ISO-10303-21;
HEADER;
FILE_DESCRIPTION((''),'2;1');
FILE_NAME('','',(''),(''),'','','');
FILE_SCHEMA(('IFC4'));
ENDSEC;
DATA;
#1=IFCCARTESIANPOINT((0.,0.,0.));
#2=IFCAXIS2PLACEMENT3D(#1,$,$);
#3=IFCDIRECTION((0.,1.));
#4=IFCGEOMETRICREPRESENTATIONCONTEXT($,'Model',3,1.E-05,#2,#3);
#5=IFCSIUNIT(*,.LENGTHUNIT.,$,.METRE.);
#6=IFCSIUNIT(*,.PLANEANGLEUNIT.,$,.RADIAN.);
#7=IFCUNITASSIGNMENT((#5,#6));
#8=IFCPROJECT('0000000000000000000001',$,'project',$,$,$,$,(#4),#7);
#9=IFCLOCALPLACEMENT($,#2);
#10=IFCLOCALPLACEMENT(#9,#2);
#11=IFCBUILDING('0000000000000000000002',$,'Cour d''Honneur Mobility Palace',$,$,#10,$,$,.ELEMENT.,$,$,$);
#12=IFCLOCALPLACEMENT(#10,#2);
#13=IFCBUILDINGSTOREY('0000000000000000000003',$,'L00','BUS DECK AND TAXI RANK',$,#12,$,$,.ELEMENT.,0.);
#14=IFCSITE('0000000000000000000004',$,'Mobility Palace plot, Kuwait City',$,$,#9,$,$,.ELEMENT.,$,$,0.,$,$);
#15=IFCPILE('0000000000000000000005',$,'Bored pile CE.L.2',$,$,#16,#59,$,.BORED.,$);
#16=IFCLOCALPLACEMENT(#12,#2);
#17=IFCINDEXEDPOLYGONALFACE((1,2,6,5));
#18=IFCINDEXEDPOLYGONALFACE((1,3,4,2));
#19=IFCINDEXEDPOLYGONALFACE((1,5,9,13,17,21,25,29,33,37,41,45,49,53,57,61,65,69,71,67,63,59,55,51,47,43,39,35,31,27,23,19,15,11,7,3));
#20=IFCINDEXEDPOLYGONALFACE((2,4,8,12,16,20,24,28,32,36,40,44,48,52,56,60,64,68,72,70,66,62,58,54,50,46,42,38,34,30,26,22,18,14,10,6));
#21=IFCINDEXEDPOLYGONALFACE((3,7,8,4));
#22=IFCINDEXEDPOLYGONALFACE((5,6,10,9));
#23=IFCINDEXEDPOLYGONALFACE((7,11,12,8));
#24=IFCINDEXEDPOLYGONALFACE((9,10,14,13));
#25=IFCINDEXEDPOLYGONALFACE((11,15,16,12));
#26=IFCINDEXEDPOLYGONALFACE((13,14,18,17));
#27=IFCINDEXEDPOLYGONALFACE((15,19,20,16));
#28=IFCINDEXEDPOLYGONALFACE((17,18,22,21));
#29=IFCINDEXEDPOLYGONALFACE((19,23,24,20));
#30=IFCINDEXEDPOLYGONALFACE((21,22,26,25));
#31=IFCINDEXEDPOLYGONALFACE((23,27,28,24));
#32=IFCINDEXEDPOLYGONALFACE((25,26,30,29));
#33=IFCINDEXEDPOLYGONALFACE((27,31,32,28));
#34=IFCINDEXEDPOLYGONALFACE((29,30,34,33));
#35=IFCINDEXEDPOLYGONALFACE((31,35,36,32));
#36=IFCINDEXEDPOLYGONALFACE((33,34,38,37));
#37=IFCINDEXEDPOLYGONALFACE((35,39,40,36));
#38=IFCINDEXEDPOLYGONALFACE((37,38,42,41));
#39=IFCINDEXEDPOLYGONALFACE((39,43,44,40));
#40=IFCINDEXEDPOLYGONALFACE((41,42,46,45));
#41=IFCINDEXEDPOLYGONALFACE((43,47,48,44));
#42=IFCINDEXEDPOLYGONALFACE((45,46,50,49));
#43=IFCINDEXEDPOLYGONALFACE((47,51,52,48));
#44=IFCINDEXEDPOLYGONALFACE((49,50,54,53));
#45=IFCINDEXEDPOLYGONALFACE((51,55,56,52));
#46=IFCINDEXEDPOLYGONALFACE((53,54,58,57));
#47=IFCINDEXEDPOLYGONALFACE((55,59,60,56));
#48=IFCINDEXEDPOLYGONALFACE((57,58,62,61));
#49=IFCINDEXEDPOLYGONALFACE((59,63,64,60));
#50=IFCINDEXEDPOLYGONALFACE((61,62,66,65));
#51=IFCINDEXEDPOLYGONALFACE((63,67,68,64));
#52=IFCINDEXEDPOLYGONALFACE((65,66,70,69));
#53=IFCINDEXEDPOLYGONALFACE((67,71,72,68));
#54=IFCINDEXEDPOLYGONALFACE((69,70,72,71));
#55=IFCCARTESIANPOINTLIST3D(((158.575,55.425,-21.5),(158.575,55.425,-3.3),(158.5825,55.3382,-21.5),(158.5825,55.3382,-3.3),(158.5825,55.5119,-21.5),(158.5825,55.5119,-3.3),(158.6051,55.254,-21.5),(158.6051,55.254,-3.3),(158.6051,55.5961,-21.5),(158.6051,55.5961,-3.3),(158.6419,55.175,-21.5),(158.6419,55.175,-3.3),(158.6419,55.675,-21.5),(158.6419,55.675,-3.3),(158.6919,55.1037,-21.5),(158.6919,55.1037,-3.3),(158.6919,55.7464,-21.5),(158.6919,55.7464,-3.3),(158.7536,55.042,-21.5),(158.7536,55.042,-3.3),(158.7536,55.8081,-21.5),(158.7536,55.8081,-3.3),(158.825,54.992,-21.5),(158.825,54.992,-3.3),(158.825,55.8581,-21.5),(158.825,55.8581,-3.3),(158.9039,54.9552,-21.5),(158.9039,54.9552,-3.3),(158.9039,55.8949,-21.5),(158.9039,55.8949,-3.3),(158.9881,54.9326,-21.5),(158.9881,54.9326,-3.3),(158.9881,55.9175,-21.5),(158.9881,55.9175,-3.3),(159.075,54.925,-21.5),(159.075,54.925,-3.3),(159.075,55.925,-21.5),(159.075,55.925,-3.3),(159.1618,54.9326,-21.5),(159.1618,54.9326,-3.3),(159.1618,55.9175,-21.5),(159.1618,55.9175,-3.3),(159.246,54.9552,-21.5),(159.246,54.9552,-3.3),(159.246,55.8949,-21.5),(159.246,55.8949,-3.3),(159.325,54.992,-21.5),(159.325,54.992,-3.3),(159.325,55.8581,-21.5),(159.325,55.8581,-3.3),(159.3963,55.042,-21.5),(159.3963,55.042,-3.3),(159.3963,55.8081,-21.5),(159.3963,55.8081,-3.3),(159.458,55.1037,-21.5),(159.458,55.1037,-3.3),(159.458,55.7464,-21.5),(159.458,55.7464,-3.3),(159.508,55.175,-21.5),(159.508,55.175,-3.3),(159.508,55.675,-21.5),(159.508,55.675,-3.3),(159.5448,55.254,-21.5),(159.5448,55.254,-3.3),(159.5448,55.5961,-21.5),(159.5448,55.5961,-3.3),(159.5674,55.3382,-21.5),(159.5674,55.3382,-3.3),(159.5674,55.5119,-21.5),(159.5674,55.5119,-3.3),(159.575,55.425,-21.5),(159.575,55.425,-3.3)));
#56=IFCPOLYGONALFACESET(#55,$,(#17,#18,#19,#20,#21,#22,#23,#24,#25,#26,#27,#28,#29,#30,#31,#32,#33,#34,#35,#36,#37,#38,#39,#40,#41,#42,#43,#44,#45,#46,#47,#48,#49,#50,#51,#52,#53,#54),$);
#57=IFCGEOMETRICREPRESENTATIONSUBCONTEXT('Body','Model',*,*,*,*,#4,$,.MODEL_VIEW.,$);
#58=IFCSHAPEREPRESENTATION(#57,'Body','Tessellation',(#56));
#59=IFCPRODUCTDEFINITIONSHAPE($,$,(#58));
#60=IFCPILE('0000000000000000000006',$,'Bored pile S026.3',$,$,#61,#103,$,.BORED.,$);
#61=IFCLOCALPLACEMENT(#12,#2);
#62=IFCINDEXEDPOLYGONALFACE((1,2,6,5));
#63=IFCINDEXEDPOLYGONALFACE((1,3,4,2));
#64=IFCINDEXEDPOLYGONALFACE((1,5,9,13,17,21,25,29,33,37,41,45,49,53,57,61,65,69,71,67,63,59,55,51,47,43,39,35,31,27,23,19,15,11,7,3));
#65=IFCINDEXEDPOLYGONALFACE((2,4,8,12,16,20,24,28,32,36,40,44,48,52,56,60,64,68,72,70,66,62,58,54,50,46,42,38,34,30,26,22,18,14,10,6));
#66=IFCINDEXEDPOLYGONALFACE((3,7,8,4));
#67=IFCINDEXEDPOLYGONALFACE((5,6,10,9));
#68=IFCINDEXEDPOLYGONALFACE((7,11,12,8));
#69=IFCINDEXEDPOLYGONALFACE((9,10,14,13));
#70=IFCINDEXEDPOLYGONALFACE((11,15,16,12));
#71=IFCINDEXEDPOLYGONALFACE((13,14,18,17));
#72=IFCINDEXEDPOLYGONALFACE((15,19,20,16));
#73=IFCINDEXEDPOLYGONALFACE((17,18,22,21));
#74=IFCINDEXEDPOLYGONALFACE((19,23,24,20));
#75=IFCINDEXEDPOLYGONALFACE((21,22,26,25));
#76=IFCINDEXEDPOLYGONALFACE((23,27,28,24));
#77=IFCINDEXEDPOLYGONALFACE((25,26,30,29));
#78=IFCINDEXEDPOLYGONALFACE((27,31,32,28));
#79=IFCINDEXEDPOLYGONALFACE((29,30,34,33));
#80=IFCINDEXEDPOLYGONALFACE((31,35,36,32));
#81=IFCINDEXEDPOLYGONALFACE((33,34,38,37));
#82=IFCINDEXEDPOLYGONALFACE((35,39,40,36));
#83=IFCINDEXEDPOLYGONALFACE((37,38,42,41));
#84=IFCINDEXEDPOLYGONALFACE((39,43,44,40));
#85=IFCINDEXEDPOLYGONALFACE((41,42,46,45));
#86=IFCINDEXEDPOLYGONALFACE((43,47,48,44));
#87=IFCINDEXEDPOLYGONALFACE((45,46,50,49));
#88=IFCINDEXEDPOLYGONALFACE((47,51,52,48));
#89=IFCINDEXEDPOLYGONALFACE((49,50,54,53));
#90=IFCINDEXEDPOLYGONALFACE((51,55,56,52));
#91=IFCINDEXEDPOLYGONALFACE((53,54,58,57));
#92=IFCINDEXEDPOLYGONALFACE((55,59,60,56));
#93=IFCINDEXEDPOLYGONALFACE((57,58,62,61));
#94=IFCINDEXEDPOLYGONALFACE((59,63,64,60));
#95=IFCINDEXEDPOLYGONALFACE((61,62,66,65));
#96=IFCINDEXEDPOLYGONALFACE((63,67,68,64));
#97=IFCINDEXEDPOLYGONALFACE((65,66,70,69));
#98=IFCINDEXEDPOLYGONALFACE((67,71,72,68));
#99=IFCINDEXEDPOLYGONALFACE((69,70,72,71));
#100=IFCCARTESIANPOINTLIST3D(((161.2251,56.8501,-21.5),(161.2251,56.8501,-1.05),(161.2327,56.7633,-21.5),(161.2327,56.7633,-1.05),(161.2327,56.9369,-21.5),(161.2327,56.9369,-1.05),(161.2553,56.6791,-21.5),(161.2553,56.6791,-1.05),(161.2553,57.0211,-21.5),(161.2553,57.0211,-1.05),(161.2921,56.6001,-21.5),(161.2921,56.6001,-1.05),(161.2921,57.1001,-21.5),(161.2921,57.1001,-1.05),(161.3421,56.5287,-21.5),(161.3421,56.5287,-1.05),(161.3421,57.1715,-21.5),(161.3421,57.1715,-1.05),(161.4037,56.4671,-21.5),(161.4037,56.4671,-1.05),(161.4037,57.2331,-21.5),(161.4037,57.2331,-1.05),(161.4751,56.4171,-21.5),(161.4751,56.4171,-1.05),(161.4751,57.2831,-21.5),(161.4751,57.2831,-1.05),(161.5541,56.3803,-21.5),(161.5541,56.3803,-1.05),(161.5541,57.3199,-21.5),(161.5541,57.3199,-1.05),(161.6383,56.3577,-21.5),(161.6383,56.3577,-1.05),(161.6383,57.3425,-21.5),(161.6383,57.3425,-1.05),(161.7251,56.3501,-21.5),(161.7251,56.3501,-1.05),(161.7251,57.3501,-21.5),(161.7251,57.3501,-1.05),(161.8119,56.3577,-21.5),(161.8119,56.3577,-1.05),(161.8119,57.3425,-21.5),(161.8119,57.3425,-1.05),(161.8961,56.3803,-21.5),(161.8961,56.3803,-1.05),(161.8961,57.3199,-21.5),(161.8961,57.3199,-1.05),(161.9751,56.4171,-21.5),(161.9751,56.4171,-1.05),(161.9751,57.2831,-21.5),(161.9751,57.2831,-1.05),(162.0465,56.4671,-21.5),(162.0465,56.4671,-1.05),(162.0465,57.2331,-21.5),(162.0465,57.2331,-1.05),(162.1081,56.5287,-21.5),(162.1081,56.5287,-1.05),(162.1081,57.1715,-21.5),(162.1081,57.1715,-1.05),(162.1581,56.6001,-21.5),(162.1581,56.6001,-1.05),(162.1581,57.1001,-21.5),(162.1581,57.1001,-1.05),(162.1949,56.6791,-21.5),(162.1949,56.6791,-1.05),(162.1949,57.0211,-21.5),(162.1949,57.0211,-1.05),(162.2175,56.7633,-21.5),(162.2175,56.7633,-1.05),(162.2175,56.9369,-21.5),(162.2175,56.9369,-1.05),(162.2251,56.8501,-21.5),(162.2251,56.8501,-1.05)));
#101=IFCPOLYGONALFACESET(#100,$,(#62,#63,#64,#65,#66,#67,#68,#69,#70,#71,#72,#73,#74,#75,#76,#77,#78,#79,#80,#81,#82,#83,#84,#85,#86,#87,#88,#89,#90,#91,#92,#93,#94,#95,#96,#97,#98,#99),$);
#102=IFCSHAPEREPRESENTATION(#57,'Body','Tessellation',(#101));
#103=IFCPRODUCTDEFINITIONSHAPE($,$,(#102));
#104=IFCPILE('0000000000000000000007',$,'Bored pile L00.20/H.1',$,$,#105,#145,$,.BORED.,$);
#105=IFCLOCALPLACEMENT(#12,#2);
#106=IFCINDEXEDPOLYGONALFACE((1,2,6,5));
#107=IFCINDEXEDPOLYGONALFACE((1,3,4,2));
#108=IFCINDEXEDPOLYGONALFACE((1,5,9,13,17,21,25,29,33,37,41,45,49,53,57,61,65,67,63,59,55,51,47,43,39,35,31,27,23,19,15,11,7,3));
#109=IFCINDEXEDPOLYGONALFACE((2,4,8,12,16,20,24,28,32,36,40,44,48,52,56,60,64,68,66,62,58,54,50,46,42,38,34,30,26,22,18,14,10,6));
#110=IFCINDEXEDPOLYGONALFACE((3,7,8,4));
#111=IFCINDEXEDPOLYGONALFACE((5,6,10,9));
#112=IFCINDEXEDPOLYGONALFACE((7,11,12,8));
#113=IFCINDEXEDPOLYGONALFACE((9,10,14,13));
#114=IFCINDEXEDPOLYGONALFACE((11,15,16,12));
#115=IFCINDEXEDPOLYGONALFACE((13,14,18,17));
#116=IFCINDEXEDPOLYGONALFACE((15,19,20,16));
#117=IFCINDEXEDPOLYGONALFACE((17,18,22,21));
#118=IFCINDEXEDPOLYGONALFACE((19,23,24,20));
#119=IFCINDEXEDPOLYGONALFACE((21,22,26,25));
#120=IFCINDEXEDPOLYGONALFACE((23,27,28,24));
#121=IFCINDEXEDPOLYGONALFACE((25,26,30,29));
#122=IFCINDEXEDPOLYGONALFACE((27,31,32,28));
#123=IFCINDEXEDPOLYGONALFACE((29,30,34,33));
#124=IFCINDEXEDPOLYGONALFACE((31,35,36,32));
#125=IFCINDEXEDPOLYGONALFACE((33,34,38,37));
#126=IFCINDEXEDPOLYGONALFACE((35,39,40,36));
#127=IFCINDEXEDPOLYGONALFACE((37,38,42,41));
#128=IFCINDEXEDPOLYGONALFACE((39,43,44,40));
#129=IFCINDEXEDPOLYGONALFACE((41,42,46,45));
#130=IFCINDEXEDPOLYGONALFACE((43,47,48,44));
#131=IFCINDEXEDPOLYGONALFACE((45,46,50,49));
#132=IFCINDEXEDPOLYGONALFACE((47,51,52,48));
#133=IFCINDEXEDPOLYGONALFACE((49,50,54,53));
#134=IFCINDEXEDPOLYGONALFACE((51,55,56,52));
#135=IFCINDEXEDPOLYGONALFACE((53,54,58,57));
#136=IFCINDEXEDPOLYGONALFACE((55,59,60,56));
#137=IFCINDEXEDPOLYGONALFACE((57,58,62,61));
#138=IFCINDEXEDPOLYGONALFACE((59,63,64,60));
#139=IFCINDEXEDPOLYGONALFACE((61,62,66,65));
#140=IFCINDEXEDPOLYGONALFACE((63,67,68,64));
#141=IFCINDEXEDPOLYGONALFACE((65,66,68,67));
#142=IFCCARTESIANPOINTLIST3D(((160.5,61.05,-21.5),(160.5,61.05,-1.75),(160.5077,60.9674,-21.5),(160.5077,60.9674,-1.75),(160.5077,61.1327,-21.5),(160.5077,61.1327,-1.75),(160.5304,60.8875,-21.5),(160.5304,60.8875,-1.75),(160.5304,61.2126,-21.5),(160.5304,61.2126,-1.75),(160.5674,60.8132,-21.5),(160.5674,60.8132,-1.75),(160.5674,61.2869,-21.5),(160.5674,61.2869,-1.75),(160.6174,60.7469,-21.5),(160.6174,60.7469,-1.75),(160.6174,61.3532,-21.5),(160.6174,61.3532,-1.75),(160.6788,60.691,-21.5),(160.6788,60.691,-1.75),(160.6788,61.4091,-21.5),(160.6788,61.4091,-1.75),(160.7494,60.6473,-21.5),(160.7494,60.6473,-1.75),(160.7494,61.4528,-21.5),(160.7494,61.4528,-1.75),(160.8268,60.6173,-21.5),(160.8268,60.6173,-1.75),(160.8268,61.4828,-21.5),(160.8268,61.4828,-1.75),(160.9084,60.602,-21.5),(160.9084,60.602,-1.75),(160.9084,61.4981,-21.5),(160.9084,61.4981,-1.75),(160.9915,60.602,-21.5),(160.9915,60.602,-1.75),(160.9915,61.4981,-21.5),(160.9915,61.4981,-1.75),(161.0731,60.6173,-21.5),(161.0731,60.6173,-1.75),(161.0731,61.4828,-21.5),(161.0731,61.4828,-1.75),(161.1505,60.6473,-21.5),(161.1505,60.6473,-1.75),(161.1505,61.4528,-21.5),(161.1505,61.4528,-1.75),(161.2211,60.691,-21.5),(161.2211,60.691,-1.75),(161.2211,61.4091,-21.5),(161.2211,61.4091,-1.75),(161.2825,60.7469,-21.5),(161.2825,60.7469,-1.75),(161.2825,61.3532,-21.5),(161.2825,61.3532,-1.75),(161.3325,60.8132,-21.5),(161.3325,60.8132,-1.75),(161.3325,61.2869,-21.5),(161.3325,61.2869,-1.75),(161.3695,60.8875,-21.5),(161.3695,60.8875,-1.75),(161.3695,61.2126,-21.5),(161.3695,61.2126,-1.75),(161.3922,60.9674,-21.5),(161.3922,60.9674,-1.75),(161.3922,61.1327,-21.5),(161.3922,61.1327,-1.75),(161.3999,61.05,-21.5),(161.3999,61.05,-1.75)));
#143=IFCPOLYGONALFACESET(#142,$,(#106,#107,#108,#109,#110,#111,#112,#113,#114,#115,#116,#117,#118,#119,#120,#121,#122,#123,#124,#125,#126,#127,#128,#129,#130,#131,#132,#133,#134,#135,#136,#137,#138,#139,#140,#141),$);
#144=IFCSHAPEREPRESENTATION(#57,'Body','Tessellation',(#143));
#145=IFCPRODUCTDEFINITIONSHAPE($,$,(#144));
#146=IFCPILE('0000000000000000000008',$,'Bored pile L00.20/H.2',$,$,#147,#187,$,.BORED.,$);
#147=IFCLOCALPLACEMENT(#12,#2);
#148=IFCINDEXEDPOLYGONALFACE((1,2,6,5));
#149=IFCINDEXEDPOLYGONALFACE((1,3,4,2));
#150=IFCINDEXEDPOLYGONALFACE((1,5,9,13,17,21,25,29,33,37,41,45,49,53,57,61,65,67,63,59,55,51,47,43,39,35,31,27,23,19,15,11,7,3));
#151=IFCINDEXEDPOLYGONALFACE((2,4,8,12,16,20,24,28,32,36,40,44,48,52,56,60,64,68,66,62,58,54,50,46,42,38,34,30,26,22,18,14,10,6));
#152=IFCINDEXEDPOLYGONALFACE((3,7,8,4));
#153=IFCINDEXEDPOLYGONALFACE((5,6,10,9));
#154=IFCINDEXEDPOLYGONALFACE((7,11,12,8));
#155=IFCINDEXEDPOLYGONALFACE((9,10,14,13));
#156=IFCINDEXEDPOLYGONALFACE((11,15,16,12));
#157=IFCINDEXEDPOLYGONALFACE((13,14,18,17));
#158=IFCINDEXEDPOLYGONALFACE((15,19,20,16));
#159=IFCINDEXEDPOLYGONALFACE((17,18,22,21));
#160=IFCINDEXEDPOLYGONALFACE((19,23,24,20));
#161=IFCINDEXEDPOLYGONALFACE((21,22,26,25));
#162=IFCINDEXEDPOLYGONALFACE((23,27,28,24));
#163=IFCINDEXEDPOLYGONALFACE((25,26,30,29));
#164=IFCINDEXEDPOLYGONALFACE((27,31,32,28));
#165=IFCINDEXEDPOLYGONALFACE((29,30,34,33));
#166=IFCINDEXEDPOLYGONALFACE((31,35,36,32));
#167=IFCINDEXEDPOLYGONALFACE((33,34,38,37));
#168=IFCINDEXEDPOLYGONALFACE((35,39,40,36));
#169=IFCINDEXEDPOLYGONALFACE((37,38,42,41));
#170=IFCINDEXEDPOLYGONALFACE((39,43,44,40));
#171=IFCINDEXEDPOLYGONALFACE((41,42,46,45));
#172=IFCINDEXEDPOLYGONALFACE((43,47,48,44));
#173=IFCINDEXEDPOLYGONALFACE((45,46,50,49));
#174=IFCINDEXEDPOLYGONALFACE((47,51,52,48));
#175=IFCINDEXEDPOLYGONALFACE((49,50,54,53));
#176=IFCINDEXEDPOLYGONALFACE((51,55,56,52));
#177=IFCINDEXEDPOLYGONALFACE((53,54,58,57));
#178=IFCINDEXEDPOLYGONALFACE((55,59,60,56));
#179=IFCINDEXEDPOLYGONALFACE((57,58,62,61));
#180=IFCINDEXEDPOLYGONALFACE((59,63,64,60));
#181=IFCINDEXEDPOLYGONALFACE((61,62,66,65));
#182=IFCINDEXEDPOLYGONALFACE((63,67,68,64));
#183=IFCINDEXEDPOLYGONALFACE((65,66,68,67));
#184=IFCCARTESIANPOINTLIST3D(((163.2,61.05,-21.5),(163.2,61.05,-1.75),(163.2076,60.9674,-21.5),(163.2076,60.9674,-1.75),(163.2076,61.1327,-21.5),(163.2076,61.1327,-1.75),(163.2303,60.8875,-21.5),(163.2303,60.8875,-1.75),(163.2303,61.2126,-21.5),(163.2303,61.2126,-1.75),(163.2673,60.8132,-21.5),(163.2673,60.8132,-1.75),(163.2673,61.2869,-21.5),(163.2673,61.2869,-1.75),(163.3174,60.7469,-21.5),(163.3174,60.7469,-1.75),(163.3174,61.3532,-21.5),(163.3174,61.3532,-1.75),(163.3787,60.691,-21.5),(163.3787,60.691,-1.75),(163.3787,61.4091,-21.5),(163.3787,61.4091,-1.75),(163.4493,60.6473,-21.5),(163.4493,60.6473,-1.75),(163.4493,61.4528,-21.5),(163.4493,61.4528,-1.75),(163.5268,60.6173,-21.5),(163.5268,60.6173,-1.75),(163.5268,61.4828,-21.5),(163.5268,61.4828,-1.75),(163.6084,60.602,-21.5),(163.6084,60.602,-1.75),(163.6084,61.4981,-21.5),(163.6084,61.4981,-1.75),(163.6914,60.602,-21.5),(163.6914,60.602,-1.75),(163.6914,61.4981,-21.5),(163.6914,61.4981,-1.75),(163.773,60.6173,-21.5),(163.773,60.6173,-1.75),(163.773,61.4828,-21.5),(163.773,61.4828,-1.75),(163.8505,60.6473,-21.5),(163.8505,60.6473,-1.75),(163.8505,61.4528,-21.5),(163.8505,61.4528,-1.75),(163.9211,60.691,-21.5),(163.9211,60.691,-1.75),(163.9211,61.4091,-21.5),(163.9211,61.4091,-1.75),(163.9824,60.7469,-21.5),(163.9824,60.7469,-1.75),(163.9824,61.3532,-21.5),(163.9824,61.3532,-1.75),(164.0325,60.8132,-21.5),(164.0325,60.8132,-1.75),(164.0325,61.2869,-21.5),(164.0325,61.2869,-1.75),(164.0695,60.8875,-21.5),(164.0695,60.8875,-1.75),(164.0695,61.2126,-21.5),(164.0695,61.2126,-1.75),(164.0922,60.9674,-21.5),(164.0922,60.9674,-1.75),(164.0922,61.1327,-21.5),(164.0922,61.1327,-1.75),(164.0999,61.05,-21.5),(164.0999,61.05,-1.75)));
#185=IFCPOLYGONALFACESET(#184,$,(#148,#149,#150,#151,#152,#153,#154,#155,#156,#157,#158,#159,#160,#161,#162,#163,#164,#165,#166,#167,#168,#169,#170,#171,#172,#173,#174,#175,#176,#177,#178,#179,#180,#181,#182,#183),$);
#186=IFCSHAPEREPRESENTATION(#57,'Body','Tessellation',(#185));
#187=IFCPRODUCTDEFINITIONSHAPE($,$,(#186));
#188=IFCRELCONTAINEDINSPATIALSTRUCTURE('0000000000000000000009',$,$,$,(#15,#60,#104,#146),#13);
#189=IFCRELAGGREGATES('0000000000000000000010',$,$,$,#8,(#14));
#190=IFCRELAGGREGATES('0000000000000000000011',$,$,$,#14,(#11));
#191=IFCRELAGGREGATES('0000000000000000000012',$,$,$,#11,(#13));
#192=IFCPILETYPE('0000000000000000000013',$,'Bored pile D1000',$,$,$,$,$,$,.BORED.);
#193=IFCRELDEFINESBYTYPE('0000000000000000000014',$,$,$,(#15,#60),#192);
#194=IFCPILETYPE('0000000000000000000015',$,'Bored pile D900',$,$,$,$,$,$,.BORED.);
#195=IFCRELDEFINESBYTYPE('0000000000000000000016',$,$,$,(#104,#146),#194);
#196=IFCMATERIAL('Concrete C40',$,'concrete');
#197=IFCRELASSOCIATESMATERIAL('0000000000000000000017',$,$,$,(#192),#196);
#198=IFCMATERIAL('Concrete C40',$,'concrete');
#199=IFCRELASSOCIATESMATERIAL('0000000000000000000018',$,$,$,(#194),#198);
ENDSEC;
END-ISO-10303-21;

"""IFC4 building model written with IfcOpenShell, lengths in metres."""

from ifc_helpers import new_model, si_unit, direction, frame, origin, origin_2d, place, context, subcontext, project, spatial, circle, extrude, material, material_profile, profile_set, type_object, element, save


model = new_model("IFC4")

# Units and contexts
model_context = context("Model", 3, precision=1e-05, world=origin(), true_north=direction((0.0, 1.0)))
body_context = subcontext(model_context, "Body", "Model", "MODEL_VIEW")
ifc_project = project(units=[si_unit("LENGTHUNIT", "METRE"), si_unit("PLANEANGLEUNIT", "RADIAN")], contexts=[model_context])

# Site, building, storey
site_placement = place(None, origin())
site = spatial("IfcSite", under=ifc_project, at=site_placement, Name="Mobility Palace plot, Kuwait City", CompositionType="ELEMENT", RefElevation=0.0)
building_placement = place(site_placement, origin())
building = spatial("IfcBuilding", under=site, at=building_placement, Name="Cour d'Honneur Mobility Palace", CompositionType="ELEMENT")
storey_placement = place(building_placement, origin())
storey = spatial("IfcBuildingStorey", under=building, at=storey_placement, Name="L00", Description="BUS DECK AND TAXI RANK", CompositionType="ELEMENT", Elevation=0.0)

# Piles
ifc_material_1 = material(Name="Concrete C40", Category="concrete")
ifc_material_profile_1 = material_profile(ifc_material_1, circle(Radius=0.5, at=origin_2d()), Name="Bored pile D1000")
ifc_profile_set_1 = profile_set([ifc_material_profile_1], Name="Concrete C40")
pile_type_1 = type_object("IfcPileType", Name="Bored pile D1000", PredefinedType="BORED", material=ifc_profile_set_1)
pile_1_placement = place(storey_placement, frame((159.075, 55.425, -3.3), z_axis=(0.0, 0.0, -1.0), x_axis=(1.0, 0.0, 0.0)))
element("IfcPile", 1, at=pile_1_placement, inside=storey, type_object=pile_type_1, Name="Bored pile CE.L.2", PredefinedType="BORED", context=body_context, shape_type="SweptSolid", body=[
    extrude(circle(Radius=0.5, at=origin_2d()), origin(), (0.0, 0.0, 1.0), 18.2),
])
pile_2_placement = place(storey_placement, frame((161.7251, 56.8501, -1.05), z_axis=(0.0, 0.0, -1.0), x_axis=(1.0, 0.0, 0.0)))
element("IfcPile", 2, at=pile_2_placement, inside=storey, type_object=pile_type_1, Name="Bored pile S026.3", PredefinedType="BORED", context=body_context, shape_type="SweptSolid", body=[
    extrude(circle(Radius=0.5, at=origin_2d()), origin(), (0.0, 0.0, 1.0), 20.45),
])
ifc_material_2 = material(Name="Concrete C40", Category="concrete")
ifc_material_profile_2 = material_profile(ifc_material_2, circle(Radius=0.45, at=origin_2d()), Name="Bored pile D900")
ifc_profile_set_2 = profile_set([ifc_material_profile_2], Name="Concrete C40")
pile_type_2 = type_object("IfcPileType", Name="Bored pile D900", PredefinedType="BORED", material=ifc_profile_set_2)
for number, where, z_axis, x_axis, name in (
    (3, (160.95, 61.05, -1.75), (0.0, 0.0, -1.0), (1.0, 0.0, 0.0), "Bored pile L00.20/H.1"),
    (4, (163.6499, 61.05, -1.75), (0.0, 0.0, -1.0), (1.0, 0.0, 0.0), "Bored pile L00.20/H.2"),
):
    element("IfcPile", number, at=place(storey_placement, frame(where, z_axis=z_axis, x_axis=x_axis)), inside=storey, type_object=pile_type_2, Name=name, PredefinedType="BORED", context=body_context, shape_type="SweptSolid", body=[
        extrude(circle(Radius=0.45, at=origin_2d()), origin(), (0.0, 0.0, 1.0), 19.75),
    ])

save(model, "model.ifc")
